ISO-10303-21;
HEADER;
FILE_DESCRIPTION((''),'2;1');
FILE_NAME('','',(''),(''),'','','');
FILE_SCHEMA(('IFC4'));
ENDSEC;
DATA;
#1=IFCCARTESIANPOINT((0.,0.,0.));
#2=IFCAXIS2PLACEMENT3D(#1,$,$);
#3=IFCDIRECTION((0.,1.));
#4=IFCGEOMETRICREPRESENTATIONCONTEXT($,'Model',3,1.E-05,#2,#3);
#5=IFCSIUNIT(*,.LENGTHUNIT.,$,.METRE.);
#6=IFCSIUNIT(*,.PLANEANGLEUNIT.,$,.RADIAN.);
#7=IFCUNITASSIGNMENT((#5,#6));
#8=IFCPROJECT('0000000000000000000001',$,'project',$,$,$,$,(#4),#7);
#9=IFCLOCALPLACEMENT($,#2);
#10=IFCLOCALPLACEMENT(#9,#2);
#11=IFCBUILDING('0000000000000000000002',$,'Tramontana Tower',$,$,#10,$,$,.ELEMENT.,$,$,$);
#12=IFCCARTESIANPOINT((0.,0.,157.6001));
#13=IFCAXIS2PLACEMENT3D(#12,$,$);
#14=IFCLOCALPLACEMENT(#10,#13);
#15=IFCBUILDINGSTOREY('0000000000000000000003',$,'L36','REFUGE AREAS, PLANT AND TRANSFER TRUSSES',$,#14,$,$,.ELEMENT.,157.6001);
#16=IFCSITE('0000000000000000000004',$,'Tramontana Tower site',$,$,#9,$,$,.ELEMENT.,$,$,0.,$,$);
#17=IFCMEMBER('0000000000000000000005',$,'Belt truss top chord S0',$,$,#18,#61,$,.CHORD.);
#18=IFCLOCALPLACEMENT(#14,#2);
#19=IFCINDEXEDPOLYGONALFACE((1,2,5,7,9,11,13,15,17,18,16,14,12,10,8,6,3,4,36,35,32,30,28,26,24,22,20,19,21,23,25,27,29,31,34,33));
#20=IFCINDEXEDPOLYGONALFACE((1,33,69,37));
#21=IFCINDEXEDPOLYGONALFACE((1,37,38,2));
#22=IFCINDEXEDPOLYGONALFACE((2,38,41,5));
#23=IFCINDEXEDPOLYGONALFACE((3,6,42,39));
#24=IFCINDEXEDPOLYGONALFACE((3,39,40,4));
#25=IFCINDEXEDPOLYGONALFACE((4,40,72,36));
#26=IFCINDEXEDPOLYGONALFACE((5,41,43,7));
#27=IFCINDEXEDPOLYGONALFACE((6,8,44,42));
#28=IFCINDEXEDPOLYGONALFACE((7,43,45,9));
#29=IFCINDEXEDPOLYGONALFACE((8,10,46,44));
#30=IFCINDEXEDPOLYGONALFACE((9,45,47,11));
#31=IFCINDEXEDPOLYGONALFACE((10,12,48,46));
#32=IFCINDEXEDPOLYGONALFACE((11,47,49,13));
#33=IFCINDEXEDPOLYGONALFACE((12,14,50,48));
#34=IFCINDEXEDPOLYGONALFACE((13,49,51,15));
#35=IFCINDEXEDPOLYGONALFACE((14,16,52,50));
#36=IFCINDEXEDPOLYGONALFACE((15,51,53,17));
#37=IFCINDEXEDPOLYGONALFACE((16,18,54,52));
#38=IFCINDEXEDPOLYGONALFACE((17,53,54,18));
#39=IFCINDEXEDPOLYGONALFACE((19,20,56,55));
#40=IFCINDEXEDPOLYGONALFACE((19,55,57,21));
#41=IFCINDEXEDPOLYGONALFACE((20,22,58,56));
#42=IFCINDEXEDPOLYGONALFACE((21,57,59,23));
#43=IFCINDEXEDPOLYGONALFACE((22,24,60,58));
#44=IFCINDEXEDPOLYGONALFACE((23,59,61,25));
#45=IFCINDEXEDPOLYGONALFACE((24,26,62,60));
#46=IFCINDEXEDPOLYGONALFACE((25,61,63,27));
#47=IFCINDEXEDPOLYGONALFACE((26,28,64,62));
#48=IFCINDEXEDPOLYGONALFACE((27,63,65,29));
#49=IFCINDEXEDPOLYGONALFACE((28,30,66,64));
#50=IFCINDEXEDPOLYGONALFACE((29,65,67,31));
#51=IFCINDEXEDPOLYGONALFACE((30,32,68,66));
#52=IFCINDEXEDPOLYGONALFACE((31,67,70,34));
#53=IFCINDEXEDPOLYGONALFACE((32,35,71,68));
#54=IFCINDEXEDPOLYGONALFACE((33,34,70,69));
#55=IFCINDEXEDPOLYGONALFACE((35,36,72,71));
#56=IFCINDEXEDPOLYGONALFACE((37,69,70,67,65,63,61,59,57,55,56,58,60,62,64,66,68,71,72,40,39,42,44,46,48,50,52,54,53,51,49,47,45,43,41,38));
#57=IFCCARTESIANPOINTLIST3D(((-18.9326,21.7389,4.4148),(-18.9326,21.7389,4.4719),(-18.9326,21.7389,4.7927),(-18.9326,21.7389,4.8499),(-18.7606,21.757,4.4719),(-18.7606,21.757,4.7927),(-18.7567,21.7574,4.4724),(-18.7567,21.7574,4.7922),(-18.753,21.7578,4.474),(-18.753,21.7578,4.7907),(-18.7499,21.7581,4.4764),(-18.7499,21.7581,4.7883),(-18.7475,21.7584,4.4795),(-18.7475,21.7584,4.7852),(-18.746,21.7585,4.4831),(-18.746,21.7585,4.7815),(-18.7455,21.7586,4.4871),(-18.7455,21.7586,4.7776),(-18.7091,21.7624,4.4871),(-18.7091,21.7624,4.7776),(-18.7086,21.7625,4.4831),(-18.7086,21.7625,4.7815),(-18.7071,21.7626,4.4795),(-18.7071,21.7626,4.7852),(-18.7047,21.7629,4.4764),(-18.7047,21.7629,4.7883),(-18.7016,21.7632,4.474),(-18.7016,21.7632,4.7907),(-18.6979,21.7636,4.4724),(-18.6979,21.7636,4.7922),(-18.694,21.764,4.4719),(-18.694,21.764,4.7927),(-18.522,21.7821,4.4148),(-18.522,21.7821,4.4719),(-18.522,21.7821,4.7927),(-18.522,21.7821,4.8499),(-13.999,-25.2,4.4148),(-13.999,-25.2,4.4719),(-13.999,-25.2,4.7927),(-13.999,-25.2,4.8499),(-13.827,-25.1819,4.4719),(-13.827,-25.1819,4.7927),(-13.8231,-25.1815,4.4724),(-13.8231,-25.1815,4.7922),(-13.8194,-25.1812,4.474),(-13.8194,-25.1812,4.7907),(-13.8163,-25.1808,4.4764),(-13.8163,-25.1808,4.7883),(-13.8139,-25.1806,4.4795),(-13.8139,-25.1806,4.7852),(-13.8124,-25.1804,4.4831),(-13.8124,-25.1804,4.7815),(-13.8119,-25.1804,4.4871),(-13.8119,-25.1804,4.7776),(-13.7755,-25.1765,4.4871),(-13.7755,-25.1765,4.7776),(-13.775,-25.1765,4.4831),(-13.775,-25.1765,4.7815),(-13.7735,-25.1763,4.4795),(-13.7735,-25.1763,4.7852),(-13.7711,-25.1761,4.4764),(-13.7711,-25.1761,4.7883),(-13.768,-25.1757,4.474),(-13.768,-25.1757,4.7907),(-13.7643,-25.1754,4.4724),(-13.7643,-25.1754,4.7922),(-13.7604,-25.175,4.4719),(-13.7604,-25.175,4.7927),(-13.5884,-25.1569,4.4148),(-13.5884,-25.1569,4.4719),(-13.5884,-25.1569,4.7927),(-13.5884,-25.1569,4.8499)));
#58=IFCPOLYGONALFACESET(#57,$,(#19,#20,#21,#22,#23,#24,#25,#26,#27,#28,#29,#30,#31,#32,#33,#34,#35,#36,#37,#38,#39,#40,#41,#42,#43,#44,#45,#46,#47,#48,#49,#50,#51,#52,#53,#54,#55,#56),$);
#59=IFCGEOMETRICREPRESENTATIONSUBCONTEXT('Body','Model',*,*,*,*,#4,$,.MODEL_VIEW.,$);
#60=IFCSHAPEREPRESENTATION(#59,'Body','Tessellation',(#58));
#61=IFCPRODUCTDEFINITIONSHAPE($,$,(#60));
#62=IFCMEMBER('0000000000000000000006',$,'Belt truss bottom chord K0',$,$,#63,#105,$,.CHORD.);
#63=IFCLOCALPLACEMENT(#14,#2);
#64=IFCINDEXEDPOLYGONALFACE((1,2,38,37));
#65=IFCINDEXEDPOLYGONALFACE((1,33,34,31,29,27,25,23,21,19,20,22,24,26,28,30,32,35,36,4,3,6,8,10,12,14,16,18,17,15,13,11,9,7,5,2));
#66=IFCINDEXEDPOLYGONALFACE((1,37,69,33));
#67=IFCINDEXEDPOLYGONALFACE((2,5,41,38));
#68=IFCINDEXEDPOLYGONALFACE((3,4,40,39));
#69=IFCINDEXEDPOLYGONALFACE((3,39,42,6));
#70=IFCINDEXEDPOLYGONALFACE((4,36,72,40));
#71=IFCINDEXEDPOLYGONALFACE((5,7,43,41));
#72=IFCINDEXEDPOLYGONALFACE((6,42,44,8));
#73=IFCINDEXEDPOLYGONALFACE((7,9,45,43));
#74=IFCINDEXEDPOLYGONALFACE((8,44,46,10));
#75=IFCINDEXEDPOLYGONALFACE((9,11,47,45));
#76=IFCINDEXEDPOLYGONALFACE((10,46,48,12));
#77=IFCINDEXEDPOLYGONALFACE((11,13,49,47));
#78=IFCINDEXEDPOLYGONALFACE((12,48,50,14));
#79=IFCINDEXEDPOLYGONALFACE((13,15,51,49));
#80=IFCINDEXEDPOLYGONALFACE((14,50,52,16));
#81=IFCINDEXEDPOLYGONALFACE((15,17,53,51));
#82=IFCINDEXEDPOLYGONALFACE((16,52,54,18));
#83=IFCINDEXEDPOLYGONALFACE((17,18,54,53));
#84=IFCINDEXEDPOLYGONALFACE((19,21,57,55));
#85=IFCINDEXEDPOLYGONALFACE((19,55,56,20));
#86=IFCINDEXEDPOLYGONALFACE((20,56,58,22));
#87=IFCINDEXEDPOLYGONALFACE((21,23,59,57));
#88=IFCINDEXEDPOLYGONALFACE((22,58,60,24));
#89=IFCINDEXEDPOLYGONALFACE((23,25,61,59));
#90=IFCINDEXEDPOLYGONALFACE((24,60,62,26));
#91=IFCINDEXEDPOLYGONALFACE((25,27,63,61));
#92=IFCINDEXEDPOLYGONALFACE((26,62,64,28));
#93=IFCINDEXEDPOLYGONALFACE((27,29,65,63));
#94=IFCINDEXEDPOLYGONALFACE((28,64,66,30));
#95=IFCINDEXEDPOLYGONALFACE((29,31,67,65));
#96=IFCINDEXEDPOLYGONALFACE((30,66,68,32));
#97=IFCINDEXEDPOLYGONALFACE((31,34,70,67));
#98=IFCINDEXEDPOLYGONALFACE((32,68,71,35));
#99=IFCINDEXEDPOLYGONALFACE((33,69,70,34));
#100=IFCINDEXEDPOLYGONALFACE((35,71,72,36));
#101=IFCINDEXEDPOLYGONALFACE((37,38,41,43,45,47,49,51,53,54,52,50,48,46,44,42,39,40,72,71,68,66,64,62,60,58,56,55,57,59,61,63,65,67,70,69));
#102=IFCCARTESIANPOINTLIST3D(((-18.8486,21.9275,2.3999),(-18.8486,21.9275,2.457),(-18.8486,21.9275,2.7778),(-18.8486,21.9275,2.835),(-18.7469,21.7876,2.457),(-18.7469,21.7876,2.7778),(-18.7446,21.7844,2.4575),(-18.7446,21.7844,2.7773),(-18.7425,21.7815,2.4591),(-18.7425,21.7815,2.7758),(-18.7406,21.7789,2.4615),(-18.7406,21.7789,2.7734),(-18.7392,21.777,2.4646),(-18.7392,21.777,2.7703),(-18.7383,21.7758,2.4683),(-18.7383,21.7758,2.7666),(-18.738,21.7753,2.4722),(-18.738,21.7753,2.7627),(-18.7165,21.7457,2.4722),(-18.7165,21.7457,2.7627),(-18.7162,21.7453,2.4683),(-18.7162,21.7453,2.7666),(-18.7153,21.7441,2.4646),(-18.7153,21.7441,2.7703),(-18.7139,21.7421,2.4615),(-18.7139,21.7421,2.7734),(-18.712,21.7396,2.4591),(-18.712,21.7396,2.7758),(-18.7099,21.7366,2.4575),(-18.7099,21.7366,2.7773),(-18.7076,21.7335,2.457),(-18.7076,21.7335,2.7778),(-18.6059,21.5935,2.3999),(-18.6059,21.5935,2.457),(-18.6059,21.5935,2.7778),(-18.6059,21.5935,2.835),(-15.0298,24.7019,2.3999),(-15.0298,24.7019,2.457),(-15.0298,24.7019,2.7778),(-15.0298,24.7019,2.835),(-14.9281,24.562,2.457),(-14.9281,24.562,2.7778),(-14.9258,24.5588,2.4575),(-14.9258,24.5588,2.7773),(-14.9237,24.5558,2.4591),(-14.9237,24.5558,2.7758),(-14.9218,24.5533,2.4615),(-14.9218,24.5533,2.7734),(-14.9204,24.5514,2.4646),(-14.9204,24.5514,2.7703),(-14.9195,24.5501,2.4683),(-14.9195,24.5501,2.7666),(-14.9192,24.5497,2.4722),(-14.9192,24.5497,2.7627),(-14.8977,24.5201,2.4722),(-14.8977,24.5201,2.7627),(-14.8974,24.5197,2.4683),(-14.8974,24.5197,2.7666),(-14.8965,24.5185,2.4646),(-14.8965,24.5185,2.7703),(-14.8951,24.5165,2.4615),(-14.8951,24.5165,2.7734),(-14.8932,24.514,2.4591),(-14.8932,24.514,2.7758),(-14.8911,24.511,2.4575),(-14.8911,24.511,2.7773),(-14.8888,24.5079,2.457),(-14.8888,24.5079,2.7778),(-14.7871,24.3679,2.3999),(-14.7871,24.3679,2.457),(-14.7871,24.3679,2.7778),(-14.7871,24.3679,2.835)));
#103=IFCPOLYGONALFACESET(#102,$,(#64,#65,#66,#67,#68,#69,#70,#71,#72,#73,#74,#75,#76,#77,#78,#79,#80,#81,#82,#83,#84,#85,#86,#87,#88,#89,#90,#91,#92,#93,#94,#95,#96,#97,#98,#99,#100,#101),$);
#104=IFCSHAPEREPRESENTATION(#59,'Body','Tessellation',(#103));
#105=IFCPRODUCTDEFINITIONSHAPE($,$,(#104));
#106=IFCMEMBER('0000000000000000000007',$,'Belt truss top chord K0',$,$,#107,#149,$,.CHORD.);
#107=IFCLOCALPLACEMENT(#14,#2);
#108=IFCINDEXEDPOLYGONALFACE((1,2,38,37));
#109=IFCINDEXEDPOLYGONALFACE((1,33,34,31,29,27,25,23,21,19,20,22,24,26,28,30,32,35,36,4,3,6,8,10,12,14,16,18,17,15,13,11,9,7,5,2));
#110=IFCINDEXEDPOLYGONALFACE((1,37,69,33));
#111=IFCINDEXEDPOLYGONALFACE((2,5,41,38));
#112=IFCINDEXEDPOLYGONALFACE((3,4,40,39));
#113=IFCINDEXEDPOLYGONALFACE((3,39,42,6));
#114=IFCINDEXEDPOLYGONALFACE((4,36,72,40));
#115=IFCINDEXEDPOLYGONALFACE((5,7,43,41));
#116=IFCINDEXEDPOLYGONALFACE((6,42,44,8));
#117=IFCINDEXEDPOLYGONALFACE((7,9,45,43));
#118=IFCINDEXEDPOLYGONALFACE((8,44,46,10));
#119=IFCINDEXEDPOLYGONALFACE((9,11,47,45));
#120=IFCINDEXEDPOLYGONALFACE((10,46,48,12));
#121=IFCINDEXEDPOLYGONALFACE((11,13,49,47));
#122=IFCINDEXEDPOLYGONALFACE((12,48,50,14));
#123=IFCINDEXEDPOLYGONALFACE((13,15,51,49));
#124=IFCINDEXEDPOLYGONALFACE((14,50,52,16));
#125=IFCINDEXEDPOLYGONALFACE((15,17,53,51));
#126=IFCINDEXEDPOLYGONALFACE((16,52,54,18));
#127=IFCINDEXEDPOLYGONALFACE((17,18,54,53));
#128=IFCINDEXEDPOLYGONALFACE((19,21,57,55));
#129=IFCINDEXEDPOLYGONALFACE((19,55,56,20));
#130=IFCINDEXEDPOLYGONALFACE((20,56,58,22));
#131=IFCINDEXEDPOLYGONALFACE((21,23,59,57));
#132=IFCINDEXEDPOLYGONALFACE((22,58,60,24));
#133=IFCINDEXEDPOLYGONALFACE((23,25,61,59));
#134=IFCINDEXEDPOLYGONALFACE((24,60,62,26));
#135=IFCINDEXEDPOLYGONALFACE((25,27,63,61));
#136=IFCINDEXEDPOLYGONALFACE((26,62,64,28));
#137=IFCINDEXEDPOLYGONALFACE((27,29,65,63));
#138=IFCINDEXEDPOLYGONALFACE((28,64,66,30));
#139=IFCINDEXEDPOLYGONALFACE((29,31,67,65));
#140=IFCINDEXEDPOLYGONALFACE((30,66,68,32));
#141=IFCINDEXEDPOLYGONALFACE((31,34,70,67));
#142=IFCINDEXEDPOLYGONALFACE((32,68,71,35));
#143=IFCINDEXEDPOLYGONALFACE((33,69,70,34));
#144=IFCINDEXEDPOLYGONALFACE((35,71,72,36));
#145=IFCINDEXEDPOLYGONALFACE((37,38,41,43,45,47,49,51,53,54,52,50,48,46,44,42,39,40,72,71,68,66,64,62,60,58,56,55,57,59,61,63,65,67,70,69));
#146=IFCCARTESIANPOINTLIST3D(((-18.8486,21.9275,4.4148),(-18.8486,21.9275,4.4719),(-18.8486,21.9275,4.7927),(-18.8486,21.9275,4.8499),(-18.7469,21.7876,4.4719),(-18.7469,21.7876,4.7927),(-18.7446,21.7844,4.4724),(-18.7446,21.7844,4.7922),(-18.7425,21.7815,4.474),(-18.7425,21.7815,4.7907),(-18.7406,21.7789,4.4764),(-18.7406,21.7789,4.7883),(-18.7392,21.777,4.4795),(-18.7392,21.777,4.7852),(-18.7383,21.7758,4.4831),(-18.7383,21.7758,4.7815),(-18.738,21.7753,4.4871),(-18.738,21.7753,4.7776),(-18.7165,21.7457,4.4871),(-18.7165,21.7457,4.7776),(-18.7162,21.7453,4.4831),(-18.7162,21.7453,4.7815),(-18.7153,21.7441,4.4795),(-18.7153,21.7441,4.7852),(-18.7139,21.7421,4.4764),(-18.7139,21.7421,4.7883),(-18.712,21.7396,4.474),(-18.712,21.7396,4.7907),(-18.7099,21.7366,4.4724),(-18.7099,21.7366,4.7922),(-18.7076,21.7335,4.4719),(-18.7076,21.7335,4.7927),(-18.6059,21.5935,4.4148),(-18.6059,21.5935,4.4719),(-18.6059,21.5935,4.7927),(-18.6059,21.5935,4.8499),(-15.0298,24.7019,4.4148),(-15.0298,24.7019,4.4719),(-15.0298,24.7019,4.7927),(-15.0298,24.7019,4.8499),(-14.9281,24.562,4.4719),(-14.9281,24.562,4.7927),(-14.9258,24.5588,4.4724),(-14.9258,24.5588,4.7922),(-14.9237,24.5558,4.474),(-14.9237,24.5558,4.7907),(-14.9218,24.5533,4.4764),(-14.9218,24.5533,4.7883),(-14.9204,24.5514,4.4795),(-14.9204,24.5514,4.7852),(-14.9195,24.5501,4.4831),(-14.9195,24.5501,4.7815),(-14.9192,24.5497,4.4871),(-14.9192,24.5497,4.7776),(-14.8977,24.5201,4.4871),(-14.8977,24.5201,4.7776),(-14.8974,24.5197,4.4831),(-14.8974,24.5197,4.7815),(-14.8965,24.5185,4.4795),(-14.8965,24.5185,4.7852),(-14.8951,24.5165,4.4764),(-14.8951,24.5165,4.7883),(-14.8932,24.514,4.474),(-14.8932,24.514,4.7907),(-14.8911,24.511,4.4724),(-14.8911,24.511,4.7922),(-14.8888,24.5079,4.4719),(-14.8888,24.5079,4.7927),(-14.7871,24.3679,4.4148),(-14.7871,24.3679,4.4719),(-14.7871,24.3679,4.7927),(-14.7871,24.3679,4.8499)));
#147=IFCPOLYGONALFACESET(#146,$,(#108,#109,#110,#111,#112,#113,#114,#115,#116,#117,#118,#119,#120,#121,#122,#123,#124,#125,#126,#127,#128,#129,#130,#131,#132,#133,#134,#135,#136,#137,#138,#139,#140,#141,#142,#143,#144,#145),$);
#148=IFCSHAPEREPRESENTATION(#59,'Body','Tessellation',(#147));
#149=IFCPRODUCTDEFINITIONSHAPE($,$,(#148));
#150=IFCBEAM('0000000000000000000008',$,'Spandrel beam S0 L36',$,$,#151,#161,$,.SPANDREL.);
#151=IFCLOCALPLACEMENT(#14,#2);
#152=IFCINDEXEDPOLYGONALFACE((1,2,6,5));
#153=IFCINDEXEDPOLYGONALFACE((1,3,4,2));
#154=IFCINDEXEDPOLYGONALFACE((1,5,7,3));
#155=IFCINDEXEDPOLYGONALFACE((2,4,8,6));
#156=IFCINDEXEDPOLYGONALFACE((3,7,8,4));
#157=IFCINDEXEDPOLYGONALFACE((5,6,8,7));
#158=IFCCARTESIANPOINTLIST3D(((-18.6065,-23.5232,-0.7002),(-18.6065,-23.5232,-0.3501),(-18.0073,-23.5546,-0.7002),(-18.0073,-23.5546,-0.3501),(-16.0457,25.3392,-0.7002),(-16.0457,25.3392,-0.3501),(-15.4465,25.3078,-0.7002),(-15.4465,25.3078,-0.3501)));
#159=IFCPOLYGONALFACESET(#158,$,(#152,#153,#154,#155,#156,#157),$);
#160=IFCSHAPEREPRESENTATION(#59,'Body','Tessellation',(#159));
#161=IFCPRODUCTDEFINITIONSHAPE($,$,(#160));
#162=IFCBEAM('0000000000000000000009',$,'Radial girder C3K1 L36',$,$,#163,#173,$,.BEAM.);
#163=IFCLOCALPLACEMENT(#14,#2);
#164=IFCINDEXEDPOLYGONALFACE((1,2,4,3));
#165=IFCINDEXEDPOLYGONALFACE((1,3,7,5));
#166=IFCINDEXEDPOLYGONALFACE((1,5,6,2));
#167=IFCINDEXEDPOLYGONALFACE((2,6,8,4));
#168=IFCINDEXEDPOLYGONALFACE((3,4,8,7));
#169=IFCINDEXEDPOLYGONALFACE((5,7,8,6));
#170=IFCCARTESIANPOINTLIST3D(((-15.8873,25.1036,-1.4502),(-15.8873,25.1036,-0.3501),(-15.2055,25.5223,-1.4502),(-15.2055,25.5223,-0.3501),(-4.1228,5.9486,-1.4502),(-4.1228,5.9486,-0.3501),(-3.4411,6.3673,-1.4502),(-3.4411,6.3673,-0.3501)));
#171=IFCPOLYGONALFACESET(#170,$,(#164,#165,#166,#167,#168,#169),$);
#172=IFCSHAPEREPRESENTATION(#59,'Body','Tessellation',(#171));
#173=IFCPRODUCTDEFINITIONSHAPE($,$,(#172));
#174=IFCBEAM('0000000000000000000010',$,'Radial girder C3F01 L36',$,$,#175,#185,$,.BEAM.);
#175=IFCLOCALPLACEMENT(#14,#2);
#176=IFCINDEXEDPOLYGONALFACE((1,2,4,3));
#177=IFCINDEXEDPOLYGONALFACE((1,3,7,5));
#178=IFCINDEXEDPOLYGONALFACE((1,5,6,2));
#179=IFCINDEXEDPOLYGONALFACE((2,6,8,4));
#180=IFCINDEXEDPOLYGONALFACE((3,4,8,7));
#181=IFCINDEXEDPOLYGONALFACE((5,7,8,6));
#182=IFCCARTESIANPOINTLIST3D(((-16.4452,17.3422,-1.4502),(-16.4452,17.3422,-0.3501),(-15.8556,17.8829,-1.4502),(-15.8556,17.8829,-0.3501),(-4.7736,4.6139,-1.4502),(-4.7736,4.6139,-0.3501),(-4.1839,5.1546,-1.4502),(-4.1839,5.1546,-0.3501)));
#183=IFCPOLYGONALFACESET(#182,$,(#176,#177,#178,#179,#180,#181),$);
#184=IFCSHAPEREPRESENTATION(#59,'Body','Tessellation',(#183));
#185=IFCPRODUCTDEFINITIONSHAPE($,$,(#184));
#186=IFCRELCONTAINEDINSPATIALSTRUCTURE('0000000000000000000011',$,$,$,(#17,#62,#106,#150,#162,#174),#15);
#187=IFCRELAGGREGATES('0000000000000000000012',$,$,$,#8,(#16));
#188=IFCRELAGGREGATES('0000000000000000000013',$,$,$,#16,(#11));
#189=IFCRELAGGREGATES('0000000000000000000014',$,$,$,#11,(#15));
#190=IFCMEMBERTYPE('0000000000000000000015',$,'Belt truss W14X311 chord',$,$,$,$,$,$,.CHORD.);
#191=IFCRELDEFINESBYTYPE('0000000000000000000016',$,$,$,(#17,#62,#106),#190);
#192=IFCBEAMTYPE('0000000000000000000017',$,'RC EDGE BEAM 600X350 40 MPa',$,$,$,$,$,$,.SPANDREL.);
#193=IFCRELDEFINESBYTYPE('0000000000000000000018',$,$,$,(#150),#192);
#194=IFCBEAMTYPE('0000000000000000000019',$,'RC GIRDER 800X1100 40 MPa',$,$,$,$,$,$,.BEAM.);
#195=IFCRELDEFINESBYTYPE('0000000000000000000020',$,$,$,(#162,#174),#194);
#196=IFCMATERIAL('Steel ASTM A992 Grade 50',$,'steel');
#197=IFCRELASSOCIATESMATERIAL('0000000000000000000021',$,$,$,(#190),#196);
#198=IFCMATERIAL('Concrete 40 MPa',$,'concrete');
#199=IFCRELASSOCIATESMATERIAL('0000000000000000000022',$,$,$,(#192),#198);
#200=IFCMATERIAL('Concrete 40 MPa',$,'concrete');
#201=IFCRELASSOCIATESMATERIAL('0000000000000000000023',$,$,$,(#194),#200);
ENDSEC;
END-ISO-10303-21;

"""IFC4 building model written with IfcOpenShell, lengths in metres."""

from ifc_helpers import new_model, si_unit, direction, frame, origin, origin_2d, place, context, subcontext, project, spatial, rectangle, i_section, extrude, material, material_profile, profile_set, type_object, element, save


model = new_model("IFC4")

# Units and contexts
model_context = context("Model", 3, precision=1e-05, world=origin(), true_north=direction((0.0, 1.0)))
body_context = subcontext(model_context, "Body", "Model", "MODEL_VIEW")
ifc_project = project(units=[si_unit("LENGTHUNIT", "METRE"), si_unit("PLANEANGLEUNIT", "RADIAN")], contexts=[model_context])

# Site, building, storey
site_placement = place(None, origin())
site = spatial("IfcSite", under=ifc_project, at=site_placement, Name="Tramontana Tower site", CompositionType="ELEMENT", RefElevation=0.0)
building_placement = place(site_placement, origin())
building = spatial("IfcBuilding", under=site, at=building_placement, Name="Tramontana Tower", CompositionType="ELEMENT")
storey_placement = place(building_placement, frame((0.0, 0.0, 157.6001)))
storey = spatial("IfcBuildingStorey", under=building, at=storey_placement, Name="L36", Description="REFUGE AREAS, PLANT AND TRANSFER TRUSSES", CompositionType="ELEMENT", Elevation=157.6001)

# Members
ifc_material_1 = material(Name="Steel ASTM A992 Grade 50", Category="steel")
ifc_material_profile_1 = material_profile(ifc_material_1, i_section(OverallWidth=0.4128, OverallDepth=0.4351, WebThickness=0.0366, FlangeThickness=0.0571, FilletRadius=0.0151, at=origin_2d()), Name="W14X311")
ifc_profile_set_1 = profile_set([ifc_material_profile_1], Name="Steel ASTM A992 Grade 50")
member_type_1 = type_object("IfcMemberType", Name="Belt truss W14X311 chord", PredefinedType="CHORD", material=ifc_profile_set_1)
for number, where, z_axis, x_axis, name in (
    (1, (-18.7273, 21.7605, 4.6323), (0.104531, -0.994522, 0.0), (0.994522, 0.104531, 0.0), "Belt truss top chord S0"),
):
    element("IfcMember", number, at=place(storey_placement, frame(where, z_axis=z_axis, x_axis=x_axis)), inside=storey, type_object=member_type_1, Name=name, PredefinedType="CHORD", context=body_context, shape_type="SweptSolid", body=[
        extrude(i_section(OverallWidth=0.4128, OverallDepth=0.4351, WebThickness=0.0366, FlangeThickness=0.0571, FilletRadius=0.0151, at=origin_2d()), origin(), (0.0, 0.0, 1.0), 47.1975),
    ])
for number, where, z_axis, x_axis, name in (
    (2, (-14.9084, 24.5349, 2.6174), (-0.809031, -0.587766, 0.0), (0.587766, -0.809031, 0.0), "Belt truss bottom chord K0"),
    (3, (-14.9084, 24.5349, 4.6323), (-0.809031, -0.587766, 0.0), (0.587766, -0.809031, 0.0), "Belt truss top chord K0"),
):
    element("IfcMember", number, at=place(storey_placement, frame(where, z_axis=z_axis, x_axis=x_axis)), inside=storey, type_object=member_type_1, Name=name, PredefinedType="CHORD", context=body_context, shape_type="SweptSolid", body=[
        extrude(i_section(OverallWidth=0.4128, OverallDepth=0.4351, WebThickness=0.0366, FlangeThickness=0.0571, FilletRadius=0.0151, at=origin_2d()), origin(), (0.0, 0.0, 1.0), 4.7202),
    ])

# Beams
ifc_material_2 = material(Name="Concrete 40 MPa", Category="concrete")
ifc_material_profile_2 = material_profile(ifc_material_2, rectangle(XDim=0.6001, YDim=0.3501, at=origin_2d()), Name="RC EDGE BEAM 600X350 40 MPa")
ifc_profile_set_2 = profile_set([ifc_material_profile_2], Name="Concrete 40 MPa")
beam_type_1 = type_object("IfcBeamType", Name="RC EDGE BEAM 600X350 40 MPa", PredefinedType="SPANDREL", material=ifc_profile_set_2)
beam_1_placement = place(storey_placement, frame((-15.7461, 25.3235, -0.5251), z_axis=(-0.052336, -0.99863, 0.0), x_axis=(0.99863, -0.052336, 0.0)))
element("IfcBeam", 4, at=beam_1_placement, inside=storey, type_object=beam_type_1, Name="Spandrel beam S0 L36", PredefinedType="SPANDREL", context=body_context, shape_type="SweptSolid", body=[
    extrude(rectangle(XDim=0.6001, YDim=0.3501, at=origin_2d()), origin(), (0.0, 0.0, 1.0), 48.9294),
])
ifc_material_3 = material(Name="Concrete 40 MPa", Category="concrete")
ifc_material_profile_3 = material_profile(ifc_material_3, rectangle(XDim=0.8, YDim=1.1001, at=origin_2d()), Name="RC GIRDER 800X1100 40 MPa")
ifc_profile_set_3 = profile_set([ifc_material_profile_3], Name="Concrete 40 MPa")
beam_type_2 = type_object("IfcBeamType", Name="RC GIRDER 800X1100 40 MPa", PredefinedType="BEAM", material=ifc_profile_set_3)
beam_2_placement = place(storey_placement, frame((-15.5464, 25.313, -0.9001), z_axis=(0.523345, -0.852121, 0.0), x_axis=(0.852121, 0.523345, 0.0)))
element("IfcBeam", 5, at=beam_2_placement, inside=storey, type_object=beam_type_2, Name="Radial girder C3K1 L36", PredefinedType="BEAM", context=body_context, shape_type="SweptSolid", body=[
    extrude(rectangle(XDim=0.8, YDim=1.1001, at=origin_2d()), origin(), (0.0, 0.0, 1.0), 22.4792),
])
beam_3_placement = place(storey_placement, frame((-16.1504, 17.6125, -0.9001), z_axis=(0.675852, -0.737037, 0.0), x_axis=(0.737037, 0.675852, 0.0)))
element("IfcBeam", 6, at=beam_3_placement, inside=storey, type_object=beam_type_2, Name="Radial girder C3F01 L36", PredefinedType="BEAM", context=body_context, shape_type="SweptSolid", body=[
    extrude(rectangle(XDim=0.8, YDim=1.1001, at=origin_2d()), origin(), (0.0, 0.0, 1.0), 17.2695),
])

save(model, "model.ifc")
